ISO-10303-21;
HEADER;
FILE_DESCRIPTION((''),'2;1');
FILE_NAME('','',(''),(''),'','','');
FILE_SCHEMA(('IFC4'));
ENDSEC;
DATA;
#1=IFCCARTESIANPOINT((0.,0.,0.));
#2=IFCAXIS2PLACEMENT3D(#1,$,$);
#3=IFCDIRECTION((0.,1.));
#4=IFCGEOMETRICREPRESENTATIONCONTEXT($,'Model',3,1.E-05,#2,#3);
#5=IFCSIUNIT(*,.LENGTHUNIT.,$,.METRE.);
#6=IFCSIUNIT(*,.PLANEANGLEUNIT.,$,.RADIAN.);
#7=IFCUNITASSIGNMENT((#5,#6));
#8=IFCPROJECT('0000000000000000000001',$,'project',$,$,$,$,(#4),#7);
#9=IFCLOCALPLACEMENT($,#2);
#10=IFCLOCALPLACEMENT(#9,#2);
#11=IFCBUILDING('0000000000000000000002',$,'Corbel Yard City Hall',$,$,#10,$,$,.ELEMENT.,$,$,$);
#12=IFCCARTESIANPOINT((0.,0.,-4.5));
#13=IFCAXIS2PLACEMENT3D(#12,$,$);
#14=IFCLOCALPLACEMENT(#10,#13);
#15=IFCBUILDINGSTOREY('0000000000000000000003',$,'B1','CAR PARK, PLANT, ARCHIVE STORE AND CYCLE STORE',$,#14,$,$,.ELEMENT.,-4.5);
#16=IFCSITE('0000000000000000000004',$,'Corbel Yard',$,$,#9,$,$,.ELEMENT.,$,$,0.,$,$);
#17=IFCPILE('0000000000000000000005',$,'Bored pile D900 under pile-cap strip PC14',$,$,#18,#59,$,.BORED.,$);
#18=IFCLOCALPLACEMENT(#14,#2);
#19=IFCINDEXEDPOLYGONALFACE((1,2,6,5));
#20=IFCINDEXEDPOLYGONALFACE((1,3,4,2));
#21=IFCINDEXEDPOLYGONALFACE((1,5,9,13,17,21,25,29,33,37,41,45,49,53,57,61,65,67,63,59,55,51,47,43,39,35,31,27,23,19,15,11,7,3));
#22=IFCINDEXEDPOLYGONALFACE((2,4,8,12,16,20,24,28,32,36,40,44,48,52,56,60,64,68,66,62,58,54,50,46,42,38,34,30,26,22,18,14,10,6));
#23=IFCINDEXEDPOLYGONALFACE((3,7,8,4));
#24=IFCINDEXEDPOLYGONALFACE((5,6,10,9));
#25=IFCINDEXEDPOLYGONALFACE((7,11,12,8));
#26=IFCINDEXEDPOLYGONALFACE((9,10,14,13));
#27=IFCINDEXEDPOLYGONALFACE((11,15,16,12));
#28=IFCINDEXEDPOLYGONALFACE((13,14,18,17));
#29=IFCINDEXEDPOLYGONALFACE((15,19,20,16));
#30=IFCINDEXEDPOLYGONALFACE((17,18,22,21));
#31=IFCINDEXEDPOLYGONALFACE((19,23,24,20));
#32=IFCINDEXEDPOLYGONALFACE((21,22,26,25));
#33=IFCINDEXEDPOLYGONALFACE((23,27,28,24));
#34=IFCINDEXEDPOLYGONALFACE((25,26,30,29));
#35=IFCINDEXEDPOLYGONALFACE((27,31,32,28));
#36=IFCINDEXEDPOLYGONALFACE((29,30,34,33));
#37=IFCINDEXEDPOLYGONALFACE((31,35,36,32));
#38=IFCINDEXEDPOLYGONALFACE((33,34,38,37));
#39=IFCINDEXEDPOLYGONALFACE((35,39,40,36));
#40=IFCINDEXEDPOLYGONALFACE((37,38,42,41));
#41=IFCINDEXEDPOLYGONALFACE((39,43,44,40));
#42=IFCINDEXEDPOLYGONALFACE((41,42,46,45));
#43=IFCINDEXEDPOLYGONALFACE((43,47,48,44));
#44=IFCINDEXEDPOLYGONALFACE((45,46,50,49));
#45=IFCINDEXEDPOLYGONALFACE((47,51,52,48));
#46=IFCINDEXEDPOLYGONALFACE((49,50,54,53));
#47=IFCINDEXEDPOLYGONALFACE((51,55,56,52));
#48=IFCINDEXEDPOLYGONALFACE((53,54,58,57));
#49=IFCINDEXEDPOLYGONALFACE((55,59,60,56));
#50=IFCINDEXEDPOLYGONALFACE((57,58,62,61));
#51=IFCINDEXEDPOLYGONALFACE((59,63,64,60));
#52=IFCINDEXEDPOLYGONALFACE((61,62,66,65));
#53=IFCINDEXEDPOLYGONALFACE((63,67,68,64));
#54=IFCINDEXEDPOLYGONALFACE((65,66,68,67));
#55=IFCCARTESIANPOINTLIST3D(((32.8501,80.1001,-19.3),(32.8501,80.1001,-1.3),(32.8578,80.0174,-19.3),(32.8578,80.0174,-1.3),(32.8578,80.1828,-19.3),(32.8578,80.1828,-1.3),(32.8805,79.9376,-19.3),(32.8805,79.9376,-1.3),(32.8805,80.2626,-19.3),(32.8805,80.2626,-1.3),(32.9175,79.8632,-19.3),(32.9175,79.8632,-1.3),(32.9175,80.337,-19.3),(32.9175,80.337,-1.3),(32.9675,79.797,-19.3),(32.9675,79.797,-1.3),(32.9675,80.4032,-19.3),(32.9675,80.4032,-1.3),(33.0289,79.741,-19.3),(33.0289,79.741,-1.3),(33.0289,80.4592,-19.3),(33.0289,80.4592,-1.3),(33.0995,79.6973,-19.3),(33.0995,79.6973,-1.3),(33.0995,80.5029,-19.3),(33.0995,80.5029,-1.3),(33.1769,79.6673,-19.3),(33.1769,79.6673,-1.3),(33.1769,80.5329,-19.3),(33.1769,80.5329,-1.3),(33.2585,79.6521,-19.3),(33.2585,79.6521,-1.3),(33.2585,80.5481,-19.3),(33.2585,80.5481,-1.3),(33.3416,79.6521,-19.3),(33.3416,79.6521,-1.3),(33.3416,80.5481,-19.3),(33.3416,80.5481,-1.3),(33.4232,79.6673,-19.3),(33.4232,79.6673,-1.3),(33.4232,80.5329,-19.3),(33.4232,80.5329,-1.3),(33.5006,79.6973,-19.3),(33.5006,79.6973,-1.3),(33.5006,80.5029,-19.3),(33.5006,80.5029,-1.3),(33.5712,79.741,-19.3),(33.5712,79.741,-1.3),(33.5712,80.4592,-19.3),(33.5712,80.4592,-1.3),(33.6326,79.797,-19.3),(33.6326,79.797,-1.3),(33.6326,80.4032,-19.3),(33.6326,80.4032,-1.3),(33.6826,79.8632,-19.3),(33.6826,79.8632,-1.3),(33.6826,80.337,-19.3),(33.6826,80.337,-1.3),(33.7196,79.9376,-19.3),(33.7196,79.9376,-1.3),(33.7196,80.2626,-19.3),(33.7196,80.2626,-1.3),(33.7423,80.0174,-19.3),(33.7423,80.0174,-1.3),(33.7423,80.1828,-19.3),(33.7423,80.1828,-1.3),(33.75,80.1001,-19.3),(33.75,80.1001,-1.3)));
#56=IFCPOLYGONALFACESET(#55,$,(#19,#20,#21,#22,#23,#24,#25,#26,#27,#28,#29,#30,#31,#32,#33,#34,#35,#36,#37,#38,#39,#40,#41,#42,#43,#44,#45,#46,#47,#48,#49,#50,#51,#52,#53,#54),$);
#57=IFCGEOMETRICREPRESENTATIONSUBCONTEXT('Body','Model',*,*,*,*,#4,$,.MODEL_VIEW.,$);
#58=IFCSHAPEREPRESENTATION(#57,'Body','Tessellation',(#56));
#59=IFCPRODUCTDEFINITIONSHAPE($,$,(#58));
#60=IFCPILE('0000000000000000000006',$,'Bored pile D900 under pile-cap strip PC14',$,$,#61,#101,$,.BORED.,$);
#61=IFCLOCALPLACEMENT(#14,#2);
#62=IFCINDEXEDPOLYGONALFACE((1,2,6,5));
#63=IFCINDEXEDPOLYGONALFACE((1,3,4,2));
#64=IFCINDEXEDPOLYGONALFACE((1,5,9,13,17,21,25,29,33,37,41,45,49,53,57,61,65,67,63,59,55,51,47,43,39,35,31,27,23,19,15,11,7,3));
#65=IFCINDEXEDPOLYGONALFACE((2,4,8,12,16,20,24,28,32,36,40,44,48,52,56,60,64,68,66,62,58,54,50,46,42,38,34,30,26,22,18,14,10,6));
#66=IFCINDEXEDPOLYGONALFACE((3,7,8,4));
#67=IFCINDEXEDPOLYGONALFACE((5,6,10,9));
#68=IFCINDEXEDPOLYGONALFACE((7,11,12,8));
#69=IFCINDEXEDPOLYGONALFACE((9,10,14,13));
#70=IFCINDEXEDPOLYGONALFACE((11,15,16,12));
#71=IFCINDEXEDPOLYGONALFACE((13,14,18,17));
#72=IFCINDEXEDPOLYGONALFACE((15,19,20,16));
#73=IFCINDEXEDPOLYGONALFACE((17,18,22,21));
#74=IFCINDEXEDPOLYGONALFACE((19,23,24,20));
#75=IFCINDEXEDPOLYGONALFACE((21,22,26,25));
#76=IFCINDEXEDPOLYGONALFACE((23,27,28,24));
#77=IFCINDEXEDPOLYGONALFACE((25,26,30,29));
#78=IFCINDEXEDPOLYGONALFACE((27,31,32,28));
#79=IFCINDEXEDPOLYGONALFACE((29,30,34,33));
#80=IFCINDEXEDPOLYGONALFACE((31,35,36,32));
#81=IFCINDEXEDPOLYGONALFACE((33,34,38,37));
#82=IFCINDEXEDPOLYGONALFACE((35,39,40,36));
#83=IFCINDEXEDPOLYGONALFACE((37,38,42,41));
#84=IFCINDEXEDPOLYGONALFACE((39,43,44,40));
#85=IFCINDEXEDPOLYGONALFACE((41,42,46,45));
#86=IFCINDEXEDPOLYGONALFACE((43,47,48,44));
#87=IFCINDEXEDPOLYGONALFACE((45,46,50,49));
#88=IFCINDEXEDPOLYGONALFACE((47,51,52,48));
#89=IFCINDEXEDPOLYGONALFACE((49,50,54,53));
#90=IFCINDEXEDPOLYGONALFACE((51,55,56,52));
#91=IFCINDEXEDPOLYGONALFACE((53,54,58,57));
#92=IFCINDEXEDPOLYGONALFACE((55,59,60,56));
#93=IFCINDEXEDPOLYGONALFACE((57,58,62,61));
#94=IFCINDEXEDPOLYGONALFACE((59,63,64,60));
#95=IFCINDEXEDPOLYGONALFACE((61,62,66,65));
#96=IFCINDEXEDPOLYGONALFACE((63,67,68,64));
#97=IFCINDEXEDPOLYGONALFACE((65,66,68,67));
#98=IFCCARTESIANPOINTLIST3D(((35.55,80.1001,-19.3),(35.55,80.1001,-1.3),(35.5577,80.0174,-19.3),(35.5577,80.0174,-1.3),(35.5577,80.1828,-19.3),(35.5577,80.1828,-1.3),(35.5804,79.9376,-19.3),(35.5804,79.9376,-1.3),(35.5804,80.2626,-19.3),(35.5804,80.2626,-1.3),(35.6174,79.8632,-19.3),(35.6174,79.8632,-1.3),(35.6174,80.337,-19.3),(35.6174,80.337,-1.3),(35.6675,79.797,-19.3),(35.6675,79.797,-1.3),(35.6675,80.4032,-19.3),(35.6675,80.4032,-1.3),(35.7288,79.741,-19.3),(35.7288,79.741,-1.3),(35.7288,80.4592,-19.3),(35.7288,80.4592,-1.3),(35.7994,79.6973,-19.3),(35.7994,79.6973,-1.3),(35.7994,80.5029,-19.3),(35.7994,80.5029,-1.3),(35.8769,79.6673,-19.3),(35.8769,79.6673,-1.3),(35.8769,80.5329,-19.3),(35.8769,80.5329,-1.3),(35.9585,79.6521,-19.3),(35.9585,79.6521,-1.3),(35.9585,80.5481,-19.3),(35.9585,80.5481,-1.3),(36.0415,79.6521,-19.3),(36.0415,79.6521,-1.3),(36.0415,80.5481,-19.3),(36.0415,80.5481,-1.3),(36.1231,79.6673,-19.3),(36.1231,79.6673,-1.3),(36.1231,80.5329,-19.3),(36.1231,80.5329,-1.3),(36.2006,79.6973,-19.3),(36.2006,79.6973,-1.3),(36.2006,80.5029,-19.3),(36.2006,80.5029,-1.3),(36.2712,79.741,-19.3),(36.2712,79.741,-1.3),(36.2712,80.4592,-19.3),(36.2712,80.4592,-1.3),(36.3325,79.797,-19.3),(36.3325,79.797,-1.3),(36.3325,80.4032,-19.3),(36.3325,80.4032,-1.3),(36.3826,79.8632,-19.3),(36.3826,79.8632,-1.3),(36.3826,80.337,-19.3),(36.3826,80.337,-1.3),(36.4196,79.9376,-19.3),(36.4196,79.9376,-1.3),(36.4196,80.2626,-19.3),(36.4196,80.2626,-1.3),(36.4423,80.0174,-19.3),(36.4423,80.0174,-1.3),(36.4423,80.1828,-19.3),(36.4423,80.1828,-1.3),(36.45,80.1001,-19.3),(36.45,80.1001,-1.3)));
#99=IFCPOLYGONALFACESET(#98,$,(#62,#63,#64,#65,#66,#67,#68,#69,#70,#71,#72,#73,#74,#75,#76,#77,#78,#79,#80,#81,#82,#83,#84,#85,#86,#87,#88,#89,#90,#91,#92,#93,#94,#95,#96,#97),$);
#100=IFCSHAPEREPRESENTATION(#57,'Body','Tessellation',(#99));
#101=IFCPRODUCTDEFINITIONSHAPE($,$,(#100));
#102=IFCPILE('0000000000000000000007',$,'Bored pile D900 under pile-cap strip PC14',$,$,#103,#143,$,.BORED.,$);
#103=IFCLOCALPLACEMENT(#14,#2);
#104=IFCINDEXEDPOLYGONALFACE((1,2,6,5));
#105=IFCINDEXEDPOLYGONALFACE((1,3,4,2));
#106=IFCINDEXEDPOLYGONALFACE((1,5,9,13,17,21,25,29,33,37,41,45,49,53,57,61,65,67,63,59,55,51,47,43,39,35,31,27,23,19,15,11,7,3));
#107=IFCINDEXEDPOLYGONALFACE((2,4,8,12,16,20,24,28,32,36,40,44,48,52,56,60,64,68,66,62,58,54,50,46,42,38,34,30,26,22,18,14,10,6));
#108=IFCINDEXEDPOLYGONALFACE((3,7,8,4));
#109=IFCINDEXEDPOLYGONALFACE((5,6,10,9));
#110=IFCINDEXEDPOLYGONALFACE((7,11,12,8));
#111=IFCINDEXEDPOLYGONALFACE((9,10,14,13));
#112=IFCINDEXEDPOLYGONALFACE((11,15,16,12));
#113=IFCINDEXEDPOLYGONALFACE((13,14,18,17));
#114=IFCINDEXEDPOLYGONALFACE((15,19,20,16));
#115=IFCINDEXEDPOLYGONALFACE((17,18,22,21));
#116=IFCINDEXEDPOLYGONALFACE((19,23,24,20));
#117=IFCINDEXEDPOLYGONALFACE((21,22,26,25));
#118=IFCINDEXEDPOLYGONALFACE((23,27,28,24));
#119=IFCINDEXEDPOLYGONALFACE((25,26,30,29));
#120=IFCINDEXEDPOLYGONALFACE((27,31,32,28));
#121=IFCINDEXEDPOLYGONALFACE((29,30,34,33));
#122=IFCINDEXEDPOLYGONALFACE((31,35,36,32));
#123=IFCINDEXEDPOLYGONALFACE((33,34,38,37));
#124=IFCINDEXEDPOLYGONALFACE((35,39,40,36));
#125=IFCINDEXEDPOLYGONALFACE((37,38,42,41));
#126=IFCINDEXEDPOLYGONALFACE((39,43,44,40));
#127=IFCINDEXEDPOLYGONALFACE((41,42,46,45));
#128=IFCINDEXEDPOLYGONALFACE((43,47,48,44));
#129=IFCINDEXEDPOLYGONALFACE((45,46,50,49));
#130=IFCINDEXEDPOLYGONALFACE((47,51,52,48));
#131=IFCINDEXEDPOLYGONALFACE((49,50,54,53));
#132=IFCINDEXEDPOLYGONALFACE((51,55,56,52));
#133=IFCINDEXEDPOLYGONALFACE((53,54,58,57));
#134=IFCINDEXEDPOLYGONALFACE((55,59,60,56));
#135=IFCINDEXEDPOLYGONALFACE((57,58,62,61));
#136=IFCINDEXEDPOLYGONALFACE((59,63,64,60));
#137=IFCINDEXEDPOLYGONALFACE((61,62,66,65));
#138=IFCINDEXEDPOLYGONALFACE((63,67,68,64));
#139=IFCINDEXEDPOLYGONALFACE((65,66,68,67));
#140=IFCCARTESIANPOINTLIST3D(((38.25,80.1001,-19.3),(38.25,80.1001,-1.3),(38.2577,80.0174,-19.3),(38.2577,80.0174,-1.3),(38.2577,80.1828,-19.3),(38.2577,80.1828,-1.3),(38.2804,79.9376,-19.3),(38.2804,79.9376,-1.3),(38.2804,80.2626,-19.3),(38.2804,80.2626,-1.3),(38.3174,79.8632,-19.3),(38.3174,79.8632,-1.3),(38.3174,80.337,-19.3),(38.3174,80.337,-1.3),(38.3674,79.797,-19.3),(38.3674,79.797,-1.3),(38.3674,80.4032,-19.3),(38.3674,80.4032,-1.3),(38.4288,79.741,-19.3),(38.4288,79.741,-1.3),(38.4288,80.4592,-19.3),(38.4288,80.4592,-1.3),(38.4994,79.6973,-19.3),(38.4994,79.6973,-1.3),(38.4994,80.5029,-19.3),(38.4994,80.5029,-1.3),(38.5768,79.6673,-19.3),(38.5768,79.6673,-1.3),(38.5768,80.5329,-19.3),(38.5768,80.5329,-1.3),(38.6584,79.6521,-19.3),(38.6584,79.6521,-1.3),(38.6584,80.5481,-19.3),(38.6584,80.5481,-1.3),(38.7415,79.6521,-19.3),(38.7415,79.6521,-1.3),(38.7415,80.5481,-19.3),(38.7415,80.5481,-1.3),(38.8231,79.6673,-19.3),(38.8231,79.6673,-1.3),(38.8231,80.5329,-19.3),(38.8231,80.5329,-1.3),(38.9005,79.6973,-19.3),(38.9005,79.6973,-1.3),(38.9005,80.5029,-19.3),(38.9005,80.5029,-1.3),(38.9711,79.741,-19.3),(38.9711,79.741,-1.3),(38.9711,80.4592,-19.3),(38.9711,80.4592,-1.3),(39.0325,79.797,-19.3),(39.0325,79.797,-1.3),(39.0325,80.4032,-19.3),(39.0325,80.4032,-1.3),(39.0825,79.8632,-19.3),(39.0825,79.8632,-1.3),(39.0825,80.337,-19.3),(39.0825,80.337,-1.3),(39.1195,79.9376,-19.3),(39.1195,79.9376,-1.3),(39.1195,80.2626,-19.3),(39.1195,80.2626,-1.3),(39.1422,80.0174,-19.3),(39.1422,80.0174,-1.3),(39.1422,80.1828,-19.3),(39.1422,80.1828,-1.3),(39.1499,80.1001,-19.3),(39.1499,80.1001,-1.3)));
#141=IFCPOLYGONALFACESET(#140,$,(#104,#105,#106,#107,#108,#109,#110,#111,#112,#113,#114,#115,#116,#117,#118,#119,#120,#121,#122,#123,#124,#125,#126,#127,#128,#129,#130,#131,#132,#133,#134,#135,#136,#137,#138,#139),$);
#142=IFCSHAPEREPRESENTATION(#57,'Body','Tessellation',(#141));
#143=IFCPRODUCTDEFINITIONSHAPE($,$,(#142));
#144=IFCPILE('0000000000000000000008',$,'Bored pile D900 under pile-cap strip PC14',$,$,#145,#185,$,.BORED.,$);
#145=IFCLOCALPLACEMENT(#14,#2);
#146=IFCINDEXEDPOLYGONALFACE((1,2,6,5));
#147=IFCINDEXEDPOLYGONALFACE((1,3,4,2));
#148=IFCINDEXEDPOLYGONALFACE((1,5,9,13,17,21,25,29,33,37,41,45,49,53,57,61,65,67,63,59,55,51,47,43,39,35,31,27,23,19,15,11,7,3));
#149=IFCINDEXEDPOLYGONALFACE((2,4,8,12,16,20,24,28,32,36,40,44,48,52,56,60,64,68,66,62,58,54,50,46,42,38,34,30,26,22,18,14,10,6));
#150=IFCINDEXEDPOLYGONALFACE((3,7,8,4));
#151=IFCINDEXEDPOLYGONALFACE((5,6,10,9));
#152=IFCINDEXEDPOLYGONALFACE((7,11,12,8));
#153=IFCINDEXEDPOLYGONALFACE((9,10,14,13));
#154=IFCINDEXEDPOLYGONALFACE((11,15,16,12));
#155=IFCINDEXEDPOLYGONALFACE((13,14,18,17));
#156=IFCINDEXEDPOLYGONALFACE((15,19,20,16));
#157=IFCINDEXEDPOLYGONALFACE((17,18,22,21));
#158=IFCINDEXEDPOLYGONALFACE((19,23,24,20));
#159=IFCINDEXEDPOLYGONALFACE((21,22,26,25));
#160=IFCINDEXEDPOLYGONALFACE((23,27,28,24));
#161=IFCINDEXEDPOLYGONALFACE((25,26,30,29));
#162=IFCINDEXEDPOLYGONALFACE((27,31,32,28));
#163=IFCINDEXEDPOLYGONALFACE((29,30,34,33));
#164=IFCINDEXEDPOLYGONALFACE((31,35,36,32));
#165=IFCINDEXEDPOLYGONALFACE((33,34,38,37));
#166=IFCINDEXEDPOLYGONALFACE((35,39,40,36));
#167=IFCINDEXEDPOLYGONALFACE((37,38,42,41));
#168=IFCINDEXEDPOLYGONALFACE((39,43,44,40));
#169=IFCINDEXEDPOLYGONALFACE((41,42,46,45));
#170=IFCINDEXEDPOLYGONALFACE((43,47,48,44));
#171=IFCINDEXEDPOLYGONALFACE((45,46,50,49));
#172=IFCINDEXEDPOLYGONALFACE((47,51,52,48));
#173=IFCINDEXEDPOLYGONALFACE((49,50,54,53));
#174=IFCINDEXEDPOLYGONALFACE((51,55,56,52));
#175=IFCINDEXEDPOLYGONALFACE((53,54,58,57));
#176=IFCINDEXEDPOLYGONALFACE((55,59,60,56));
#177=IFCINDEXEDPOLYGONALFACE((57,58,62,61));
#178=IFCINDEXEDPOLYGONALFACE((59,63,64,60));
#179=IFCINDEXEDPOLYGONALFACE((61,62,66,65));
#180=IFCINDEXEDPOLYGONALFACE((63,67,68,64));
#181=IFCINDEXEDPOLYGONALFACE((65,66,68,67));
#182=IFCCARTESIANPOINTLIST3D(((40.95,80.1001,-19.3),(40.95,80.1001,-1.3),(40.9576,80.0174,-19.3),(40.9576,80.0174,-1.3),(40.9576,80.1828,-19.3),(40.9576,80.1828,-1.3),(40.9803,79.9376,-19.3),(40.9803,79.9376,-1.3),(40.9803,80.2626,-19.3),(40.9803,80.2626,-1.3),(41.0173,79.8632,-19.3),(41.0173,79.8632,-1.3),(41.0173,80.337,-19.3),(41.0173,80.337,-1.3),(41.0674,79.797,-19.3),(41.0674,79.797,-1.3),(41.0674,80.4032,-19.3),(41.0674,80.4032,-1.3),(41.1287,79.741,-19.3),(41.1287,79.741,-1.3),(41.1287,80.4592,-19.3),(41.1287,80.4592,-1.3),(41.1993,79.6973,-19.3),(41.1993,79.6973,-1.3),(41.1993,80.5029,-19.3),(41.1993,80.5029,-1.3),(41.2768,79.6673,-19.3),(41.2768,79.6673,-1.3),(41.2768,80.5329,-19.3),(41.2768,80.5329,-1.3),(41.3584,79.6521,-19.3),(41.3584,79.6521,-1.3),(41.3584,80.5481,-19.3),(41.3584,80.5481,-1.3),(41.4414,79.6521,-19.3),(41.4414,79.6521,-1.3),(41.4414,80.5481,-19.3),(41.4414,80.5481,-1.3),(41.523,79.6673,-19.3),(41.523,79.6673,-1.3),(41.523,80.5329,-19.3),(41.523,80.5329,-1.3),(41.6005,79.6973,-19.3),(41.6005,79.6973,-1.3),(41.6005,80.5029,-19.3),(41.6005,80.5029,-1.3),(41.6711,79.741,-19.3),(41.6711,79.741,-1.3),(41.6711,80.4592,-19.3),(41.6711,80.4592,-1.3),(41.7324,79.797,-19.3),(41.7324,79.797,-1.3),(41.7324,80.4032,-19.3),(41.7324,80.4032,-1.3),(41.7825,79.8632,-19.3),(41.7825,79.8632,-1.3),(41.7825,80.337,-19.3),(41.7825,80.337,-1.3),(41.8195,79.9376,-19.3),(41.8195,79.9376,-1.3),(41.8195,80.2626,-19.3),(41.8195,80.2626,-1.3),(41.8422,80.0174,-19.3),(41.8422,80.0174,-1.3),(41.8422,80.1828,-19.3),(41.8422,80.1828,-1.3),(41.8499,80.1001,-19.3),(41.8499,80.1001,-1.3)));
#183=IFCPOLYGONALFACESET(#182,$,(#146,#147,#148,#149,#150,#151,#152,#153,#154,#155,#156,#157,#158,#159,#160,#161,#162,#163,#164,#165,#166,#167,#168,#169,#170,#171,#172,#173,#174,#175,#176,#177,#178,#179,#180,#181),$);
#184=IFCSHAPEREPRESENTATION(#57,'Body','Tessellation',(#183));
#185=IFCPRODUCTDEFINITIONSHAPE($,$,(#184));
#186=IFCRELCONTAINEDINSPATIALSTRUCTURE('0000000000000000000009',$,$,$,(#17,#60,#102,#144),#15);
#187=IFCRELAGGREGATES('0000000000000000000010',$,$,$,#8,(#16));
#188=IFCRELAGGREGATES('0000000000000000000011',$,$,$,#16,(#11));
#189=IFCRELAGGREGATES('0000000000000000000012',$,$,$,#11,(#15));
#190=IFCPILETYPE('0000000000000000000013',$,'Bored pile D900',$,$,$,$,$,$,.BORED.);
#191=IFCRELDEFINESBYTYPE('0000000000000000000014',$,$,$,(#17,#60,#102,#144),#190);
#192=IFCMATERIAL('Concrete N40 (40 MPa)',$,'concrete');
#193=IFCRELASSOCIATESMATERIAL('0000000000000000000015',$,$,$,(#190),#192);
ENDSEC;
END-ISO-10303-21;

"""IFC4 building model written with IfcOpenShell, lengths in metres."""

from ifc_helpers import new_model, si_unit, direction, frame, origin, origin_2d, place, context, subcontext, project, spatial, circle, extrude, material, material_profile, profile_set, type_object, element, save


model = new_model("IFC4")

# Units and contexts
model_context = context("Model", 3, precision=1e-05, world=origin(), true_north=direction((0.0, 1.0)))
body_context = subcontext(model_context, "Body", "Model", "MODEL_VIEW")
ifc_project = project(units=[si_unit("LENGTHUNIT", "METRE"), si_unit("PLANEANGLEUNIT", "RADIAN")], contexts=[model_context])

# Site, building, storey
site_placement = place(None, origin())
site = spatial("IfcSite", under=ifc_project, at=site_placement, Name="Corbel Yard", CompositionType="ELEMENT", RefElevation=0.0)
building_placement = place(site_placement, origin())
building = spatial("IfcBuilding", under=site, at=building_placement, Name="Corbel Yard City Hall", CompositionType="ELEMENT")
storey_placement = place(building_placement, frame((0.0, 0.0, -4.5)))
storey = spatial("IfcBuildingStorey", under=building, at=storey_placement, Name="B1", Description="CAR PARK, PLANT, ARCHIVE STORE AND CYCLE STORE", CompositionType="ELEMENT", Elevation=-4.5)

# Piles
ifc_material = material(Name="Concrete N40 (40 MPa)", Category="concrete")
ifc_material_profile = material_profile(ifc_material, circle(Radius=0.45, at=origin_2d()), Name="D900")
ifc_profile_set = profile_set([ifc_material_profile], Name="Concrete N40 (40 MPa)")
pile_type = type_object("IfcPileType", Name="Bored pile D900", PredefinedType="BORED", material=ifc_profile_set)
for number, where, z_axis, x_axis, name in (
    (1, (33.3, 80.1001, -1.3), (0.0, 0.0, -1.0), (1.0, 0.0, 0.0), "Bored pile D900 under pile-cap strip PC14"),
    (2, (36.0, 80.1001, -1.3), (0.0, 0.0, -1.0), (1.0, 0.0, 0.0), "Bored pile D900 under pile-cap strip PC14"),
    (3, (38.7, 80.1001, -1.3), (0.0, 0.0, -1.0), (1.0, 0.0, 0.0), "Bored pile D900 under pile-cap strip PC14"),
    (4, (41.3999, 80.1001, -1.3), (0.0, 0.0, -1.0), (1.0, 0.0, 0.0), "Bored pile D900 under pile-cap strip PC14"),
):
    element("IfcPile", number, at=place(storey_placement, frame(where, z_axis=z_axis, x_axis=x_axis)), inside=storey, type_object=pile_type, Name=name, PredefinedType="BORED", context=body_context, shape_type="SweptSolid", body=[
        extrude(circle(Radius=0.45, at=origin_2d()), origin(), (0.0, 0.0, 1.0), 18.0),
    ])

save(model, "model.ifc")
